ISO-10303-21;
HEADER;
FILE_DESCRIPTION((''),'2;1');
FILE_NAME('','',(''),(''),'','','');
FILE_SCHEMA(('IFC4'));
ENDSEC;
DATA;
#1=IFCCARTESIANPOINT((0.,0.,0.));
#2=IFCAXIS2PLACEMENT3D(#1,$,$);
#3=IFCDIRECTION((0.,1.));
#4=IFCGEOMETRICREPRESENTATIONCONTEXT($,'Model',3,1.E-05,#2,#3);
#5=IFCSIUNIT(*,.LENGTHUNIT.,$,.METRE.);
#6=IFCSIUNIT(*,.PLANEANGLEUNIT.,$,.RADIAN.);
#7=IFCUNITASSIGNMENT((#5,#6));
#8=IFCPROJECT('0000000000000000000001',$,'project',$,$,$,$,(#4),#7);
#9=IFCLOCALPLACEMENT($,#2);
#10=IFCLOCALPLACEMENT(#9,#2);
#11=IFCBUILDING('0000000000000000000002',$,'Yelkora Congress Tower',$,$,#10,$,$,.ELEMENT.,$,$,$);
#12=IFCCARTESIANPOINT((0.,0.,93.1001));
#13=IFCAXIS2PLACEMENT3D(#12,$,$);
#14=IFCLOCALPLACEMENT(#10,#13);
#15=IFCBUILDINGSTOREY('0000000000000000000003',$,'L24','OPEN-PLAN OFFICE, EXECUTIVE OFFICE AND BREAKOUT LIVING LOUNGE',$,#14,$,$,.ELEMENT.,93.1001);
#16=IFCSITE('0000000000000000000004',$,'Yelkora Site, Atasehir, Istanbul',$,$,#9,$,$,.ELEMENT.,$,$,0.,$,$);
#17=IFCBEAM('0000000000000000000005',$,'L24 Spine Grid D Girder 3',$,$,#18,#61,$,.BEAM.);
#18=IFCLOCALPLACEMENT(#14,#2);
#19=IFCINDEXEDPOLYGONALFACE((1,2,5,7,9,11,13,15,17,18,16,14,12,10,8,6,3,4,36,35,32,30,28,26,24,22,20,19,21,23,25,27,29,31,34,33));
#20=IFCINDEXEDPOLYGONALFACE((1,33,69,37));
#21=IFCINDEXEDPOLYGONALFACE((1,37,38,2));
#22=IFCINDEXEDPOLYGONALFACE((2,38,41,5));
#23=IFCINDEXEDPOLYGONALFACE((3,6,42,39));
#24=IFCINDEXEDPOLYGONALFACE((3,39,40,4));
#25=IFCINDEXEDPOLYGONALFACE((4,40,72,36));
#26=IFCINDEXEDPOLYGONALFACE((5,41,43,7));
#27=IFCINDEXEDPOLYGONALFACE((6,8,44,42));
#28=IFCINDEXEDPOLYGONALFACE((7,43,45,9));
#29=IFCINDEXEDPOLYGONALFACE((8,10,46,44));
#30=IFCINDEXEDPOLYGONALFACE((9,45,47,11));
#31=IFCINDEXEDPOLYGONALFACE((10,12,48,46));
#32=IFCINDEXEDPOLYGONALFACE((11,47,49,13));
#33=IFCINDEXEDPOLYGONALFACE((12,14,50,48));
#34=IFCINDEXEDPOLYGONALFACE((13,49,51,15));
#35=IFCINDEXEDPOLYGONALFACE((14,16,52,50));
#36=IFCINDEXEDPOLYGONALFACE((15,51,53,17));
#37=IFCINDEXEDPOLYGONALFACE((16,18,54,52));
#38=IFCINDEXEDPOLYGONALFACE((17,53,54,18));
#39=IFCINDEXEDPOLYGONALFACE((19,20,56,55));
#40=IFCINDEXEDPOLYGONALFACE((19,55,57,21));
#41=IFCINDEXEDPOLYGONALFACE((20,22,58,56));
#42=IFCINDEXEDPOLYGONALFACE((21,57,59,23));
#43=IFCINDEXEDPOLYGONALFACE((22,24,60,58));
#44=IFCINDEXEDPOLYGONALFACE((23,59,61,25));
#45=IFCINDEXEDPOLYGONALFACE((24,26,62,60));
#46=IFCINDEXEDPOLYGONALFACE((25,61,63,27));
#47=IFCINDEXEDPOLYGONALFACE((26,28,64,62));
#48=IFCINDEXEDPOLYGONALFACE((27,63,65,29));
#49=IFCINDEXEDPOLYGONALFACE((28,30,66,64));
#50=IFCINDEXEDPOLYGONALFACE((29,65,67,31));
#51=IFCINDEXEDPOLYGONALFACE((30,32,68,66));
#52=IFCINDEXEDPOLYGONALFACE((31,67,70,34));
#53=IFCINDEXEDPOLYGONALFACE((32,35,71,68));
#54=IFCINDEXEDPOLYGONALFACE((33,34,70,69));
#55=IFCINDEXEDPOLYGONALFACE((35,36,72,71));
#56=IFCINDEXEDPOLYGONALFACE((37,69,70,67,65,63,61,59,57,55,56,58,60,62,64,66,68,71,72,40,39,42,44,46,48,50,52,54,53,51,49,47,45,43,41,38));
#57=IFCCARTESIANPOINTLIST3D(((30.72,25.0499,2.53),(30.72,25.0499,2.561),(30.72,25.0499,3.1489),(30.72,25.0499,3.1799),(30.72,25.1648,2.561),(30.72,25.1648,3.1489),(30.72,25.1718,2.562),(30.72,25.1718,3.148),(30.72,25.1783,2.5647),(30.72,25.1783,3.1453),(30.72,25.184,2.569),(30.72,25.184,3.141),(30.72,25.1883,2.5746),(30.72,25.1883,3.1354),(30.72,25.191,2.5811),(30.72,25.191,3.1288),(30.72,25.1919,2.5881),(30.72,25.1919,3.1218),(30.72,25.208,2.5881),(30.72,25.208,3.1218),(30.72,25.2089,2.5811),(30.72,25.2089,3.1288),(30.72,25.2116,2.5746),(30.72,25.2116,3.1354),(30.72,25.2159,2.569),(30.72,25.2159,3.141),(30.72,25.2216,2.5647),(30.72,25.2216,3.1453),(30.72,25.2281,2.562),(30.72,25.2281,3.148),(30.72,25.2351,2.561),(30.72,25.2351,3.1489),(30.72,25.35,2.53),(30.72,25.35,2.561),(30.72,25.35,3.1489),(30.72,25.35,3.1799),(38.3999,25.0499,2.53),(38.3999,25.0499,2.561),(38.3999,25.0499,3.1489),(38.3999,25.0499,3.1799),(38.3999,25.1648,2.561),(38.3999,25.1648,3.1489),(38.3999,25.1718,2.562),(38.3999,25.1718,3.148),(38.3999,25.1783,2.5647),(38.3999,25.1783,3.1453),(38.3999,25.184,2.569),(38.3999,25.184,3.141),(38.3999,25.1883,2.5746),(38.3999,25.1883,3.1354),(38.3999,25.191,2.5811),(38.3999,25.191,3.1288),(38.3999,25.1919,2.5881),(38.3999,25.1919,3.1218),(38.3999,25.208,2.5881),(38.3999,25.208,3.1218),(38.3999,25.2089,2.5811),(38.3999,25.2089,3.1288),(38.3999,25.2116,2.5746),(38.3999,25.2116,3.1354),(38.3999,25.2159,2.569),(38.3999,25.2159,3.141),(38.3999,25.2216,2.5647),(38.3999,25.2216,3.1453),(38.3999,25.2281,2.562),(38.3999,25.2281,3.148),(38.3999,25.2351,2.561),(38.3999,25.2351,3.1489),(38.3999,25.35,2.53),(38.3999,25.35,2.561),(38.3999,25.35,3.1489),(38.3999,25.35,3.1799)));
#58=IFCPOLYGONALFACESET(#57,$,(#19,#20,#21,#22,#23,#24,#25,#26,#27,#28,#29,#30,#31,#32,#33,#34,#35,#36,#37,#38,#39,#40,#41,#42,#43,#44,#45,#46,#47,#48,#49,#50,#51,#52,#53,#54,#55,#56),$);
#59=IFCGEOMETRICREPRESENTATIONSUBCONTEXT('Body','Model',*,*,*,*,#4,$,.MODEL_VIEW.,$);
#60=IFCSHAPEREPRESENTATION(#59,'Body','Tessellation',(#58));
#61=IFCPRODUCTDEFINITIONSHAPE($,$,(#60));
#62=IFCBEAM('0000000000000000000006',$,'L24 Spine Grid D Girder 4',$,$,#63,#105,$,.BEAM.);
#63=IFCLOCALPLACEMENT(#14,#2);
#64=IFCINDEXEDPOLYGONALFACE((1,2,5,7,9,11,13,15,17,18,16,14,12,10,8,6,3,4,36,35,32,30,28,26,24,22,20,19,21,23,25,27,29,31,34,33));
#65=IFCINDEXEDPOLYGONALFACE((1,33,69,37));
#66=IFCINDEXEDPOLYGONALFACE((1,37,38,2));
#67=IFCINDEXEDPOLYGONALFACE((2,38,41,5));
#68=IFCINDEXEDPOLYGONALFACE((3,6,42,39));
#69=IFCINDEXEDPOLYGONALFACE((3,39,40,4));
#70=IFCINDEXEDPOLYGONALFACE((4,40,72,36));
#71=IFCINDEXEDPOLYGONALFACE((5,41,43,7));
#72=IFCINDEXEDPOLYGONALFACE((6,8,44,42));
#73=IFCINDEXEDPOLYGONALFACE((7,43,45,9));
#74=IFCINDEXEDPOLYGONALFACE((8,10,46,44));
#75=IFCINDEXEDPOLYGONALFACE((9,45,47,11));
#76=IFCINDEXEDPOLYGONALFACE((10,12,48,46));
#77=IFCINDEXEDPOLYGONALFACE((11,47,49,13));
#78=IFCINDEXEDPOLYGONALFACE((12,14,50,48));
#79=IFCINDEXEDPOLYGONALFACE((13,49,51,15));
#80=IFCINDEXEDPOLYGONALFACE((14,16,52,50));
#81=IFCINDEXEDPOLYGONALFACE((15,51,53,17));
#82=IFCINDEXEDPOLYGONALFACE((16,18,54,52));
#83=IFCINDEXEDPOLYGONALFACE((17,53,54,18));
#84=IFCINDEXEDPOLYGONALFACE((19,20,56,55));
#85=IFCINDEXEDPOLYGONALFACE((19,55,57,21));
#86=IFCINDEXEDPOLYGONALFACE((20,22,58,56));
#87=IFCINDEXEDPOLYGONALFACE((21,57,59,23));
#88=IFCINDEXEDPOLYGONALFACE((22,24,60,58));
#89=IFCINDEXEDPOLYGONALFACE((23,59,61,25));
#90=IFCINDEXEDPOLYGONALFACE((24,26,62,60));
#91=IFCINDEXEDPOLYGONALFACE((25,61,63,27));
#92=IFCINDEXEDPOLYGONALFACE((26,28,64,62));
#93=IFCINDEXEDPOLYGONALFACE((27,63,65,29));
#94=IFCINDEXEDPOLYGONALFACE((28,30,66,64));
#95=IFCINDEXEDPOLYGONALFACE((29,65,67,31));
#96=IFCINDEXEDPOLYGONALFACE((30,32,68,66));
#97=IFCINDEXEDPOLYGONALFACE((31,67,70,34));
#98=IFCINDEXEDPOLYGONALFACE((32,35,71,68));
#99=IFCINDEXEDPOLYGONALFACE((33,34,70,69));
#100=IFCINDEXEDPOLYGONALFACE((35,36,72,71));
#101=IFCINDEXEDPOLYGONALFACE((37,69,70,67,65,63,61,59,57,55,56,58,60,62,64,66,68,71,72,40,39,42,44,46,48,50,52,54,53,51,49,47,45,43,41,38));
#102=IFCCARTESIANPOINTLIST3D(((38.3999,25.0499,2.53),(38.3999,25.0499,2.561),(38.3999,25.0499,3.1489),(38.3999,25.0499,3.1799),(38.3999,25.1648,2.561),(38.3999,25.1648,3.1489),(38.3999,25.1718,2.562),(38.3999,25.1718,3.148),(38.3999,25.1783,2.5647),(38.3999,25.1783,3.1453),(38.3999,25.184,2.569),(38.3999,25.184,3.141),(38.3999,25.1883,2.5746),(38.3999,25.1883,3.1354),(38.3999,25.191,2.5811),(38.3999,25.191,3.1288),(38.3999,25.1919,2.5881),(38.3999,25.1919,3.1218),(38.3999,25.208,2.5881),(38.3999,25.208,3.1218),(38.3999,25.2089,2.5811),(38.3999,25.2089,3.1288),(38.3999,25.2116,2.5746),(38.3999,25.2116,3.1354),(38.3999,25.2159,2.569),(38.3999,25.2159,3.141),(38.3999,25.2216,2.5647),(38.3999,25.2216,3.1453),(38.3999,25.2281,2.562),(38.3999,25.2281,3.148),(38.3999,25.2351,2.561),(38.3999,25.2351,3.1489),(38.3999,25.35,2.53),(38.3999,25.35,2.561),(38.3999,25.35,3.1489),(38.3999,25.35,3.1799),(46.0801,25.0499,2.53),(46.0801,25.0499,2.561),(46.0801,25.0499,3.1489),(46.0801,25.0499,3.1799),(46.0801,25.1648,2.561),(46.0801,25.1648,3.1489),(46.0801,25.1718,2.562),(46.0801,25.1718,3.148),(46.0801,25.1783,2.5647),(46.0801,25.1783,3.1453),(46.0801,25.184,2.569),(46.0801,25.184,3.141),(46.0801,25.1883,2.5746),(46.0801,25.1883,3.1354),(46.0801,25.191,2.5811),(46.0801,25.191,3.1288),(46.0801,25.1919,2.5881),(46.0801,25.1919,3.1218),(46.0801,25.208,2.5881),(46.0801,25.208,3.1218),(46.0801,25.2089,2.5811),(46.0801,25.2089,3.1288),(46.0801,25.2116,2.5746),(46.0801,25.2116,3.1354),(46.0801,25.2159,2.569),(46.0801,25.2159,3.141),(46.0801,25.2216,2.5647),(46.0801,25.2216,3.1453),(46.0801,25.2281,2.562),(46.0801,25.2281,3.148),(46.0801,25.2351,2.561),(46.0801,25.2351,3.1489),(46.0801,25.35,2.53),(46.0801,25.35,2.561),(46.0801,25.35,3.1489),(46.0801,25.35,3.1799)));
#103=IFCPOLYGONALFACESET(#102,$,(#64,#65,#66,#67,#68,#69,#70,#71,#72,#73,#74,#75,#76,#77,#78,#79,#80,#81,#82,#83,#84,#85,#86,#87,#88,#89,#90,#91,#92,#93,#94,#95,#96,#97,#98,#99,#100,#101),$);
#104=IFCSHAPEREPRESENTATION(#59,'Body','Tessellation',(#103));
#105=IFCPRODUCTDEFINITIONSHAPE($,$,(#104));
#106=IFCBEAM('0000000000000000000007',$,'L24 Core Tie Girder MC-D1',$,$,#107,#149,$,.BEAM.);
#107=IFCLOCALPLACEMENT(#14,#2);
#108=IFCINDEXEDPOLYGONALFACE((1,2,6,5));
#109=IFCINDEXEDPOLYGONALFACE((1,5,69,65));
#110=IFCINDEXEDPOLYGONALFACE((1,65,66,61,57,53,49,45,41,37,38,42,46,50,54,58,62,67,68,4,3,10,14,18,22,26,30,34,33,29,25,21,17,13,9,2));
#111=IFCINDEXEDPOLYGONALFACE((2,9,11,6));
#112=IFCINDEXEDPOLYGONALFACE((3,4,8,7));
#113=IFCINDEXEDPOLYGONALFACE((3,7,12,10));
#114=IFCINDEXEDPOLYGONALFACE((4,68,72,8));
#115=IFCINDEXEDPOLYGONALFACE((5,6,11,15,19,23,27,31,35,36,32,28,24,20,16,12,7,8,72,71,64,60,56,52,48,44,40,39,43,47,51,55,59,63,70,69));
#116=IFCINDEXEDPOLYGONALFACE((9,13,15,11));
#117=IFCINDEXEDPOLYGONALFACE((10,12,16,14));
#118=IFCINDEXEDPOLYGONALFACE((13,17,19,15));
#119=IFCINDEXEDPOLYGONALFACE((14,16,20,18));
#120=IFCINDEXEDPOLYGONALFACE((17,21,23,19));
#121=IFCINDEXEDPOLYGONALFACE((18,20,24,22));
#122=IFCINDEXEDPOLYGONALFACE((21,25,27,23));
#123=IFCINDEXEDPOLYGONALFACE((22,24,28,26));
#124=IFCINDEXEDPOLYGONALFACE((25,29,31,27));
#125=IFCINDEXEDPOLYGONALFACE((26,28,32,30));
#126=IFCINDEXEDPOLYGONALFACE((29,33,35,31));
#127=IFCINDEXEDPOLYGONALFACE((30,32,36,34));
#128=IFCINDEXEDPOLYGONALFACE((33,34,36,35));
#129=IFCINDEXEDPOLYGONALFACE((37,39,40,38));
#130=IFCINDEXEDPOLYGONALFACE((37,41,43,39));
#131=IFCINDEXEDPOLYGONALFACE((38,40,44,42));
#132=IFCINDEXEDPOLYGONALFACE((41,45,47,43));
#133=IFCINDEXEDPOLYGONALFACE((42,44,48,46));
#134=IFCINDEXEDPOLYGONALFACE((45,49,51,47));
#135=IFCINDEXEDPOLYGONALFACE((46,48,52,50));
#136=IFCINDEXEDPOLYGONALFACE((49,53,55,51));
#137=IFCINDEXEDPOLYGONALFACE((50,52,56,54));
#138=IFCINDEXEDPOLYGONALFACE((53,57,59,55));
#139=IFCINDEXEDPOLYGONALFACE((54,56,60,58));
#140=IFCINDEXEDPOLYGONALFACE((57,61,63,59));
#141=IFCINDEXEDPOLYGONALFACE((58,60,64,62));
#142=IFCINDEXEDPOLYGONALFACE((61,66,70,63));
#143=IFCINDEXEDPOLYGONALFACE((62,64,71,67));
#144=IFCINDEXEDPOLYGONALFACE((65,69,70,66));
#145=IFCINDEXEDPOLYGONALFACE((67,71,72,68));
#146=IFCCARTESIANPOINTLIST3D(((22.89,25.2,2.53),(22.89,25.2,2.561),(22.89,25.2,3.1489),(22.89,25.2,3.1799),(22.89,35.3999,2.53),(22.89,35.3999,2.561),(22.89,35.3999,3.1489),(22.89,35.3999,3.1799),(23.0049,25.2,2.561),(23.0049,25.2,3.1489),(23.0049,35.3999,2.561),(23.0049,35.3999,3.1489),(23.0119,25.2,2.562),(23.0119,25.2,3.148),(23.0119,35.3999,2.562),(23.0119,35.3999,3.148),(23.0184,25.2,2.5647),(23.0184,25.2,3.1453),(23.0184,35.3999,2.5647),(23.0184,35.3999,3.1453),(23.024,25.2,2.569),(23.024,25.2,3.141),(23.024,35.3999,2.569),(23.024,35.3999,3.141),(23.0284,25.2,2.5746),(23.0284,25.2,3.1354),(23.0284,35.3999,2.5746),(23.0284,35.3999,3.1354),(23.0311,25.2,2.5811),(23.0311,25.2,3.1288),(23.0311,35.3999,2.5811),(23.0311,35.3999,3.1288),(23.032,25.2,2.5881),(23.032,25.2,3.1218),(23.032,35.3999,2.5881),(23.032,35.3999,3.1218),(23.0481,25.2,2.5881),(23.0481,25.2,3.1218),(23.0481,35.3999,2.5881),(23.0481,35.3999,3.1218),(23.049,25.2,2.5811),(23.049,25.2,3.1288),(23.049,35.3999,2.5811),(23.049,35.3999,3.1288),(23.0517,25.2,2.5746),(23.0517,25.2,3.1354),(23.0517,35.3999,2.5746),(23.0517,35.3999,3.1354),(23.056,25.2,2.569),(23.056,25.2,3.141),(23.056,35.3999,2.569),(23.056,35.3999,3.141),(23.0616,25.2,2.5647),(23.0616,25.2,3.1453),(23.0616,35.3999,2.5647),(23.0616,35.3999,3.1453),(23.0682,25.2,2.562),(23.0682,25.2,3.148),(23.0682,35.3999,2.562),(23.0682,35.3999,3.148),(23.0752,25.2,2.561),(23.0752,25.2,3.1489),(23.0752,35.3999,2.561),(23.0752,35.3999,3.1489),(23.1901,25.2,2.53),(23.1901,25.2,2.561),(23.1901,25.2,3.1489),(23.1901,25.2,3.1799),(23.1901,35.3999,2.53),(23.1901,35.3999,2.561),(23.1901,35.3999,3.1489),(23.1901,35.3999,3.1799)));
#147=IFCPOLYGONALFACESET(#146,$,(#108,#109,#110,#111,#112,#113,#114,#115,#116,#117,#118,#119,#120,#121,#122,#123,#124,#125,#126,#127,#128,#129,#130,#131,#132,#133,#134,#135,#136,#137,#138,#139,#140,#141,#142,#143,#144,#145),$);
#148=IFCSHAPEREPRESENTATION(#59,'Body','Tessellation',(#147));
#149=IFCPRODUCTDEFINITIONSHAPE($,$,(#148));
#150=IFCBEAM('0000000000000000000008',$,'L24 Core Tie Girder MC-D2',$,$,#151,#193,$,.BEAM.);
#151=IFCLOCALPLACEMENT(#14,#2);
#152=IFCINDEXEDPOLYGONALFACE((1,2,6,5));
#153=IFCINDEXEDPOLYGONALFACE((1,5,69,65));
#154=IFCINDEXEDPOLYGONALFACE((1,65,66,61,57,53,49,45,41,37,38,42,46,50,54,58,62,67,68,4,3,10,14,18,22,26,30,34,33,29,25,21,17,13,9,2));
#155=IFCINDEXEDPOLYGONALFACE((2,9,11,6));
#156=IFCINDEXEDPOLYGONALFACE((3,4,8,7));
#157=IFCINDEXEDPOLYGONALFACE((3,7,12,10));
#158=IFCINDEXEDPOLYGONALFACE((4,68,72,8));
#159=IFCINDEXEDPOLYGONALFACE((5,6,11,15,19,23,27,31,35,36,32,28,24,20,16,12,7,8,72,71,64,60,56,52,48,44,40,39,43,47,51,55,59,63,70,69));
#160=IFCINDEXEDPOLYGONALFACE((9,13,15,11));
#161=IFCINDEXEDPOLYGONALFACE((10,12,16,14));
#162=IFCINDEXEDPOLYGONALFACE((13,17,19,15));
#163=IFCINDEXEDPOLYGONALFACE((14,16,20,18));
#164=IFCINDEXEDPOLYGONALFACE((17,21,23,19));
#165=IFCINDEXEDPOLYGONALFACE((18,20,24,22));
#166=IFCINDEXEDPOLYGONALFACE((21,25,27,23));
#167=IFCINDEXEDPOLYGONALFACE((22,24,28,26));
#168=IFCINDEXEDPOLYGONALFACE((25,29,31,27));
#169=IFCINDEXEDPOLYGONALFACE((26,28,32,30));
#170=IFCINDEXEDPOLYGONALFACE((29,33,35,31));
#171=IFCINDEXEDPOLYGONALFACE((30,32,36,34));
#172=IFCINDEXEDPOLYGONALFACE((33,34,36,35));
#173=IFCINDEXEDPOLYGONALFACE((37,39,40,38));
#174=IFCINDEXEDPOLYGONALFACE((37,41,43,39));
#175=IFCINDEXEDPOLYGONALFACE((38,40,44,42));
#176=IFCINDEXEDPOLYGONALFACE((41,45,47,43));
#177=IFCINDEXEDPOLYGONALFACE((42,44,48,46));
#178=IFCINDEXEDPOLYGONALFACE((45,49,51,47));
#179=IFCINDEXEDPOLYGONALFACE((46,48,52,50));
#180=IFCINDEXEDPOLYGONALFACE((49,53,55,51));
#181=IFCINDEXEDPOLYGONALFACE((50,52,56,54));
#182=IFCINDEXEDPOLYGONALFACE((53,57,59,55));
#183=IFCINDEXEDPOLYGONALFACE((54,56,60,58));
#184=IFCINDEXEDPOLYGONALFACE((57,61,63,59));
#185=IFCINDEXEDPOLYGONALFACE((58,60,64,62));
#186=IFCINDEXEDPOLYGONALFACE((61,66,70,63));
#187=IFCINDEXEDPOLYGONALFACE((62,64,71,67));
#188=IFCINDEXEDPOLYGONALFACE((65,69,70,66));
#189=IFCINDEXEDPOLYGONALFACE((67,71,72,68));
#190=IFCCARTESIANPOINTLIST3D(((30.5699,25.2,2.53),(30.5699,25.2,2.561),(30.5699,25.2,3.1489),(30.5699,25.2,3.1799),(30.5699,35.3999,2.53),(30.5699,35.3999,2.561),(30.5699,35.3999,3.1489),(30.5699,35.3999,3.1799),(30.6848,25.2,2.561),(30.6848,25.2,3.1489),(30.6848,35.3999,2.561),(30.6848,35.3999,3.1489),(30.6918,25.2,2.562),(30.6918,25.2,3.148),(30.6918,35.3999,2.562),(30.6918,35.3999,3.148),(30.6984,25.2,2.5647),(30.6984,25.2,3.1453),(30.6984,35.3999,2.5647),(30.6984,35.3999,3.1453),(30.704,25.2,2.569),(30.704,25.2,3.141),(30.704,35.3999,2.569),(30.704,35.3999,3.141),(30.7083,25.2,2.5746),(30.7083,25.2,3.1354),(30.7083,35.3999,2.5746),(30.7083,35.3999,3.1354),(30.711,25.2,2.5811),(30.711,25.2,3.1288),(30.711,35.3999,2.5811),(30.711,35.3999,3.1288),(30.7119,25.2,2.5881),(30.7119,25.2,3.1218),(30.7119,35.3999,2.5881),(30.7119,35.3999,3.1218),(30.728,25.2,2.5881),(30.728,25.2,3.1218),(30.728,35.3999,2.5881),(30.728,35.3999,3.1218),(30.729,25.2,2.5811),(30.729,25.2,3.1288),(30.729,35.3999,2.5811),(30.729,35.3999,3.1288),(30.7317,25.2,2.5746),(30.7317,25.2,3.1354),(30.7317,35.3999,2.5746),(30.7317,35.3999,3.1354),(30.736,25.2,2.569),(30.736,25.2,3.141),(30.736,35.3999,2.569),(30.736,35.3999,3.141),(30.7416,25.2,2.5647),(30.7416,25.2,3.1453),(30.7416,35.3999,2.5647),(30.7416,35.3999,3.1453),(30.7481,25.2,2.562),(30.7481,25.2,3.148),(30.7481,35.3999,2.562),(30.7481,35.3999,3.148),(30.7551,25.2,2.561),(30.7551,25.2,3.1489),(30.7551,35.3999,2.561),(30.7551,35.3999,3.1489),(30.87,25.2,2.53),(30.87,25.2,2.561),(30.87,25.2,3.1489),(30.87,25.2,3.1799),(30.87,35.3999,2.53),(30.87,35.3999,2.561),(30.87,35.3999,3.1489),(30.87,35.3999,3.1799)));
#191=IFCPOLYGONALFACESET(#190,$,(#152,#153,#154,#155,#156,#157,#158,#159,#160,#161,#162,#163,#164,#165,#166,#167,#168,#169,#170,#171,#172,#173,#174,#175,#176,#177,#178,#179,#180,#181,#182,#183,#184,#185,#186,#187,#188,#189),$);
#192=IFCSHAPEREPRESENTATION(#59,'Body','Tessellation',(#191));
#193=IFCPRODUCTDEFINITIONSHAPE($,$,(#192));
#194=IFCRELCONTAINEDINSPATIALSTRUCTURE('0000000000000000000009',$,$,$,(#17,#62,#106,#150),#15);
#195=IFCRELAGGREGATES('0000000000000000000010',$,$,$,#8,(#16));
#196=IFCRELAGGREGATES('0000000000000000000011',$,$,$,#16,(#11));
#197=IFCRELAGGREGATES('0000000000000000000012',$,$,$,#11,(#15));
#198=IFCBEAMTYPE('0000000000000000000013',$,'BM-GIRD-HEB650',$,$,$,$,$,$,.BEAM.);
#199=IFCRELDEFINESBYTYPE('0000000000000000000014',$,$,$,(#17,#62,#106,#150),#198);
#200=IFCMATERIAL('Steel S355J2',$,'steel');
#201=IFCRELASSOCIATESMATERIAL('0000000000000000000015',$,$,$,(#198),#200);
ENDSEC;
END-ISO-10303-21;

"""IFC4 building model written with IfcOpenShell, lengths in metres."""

from ifc_helpers import new_model, si_unit, direction, frame, origin, origin_2d, place, context, subcontext, project, spatial, i_section, extrude, material, material_profile, profile_set, type_object, element, save


model = new_model("IFC4")

# Units and contexts
model_context = context("Model", 3, precision=1e-05, world=origin(), true_north=direction((0.0, 1.0)))
body_context = subcontext(model_context, "Body", "Model", "MODEL_VIEW")
ifc_project = project(units=[si_unit("LENGTHUNIT", "METRE"), si_unit("PLANEANGLEUNIT", "RADIAN")], contexts=[model_context])

# Site, building, storey
site_placement = place(None, origin())
site = spatial("IfcSite", under=ifc_project, at=site_placement, Name="Yelkora Site, Atasehir, Istanbul", CompositionType="ELEMENT", RefElevation=0.0)
building_placement = place(site_placement, origin())
building = spatial("IfcBuilding", under=site, at=building_placement, Name="Yelkora Congress Tower", CompositionType="ELEMENT")
storey_placement = place(building_placement, frame((0.0, 0.0, 93.1001)))
storey = spatial("IfcBuildingStorey", under=building, at=storey_placement, Name="L24", Description="OPEN-PLAN OFFICE, EXECUTIVE OFFICE AND BREAKOUT LIVING LOUNGE", CompositionType="ELEMENT", Elevation=93.1001)

# Beams
ifc_material_1 = material(Name="Steel S355J2", Category="steel")
ifc_material_profile_1 = material_profile(ifc_material_1, i_section(OverallWidth=0.3, OverallDepth=0.6499, WebThickness=0.0161, FlangeThickness=0.031, FilletRadius=0.0271, at=origin_2d()), Name="HEB 650")
ifc_profile_set_1 = profile_set([ifc_material_profile_1], Name="Steel S355J2")
beam_type_1 = type_object("IfcBeamType", Name="BM-GIRD-HEB650", PredefinedType="BEAM", material=ifc_profile_set_1)
for number, where, z_axis, x_axis, name in (
    (1, (30.72, 25.2, 2.855), (1.0, 0.0, 0.0), (0.0, 1.0, 0.0), "L24 Spine Grid D Girder 3"),
):
    element("IfcBeam", number, at=place(storey_placement, frame(where, z_axis=z_axis, x_axis=x_axis)), inside=storey, type_object=beam_type_1, Name=name, PredefinedType="BEAM", context=body_context, shape_type="SweptSolid", body=[
        extrude(i_section(OverallWidth=0.3, OverallDepth=0.6499, WebThickness=0.0161, FlangeThickness=0.031, FilletRadius=0.0271, at=origin_2d()), origin(), (0.0, 0.0, 1.0), 7.6799),
    ])
beam_1_placement = place(storey_placement, frame((38.3999, 25.2, 2.855), z_axis=(1.0, 0.0, 0.0), x_axis=(0.0, 1.0, 0.0)))
element("IfcBeam", 2, at=beam_1_placement, inside=storey, type_object=beam_type_1, Name="L24 Spine Grid D Girder 4", PredefinedType="BEAM", context=body_context, shape_type="SweptSolid", body=[
    extrude(i_section(OverallWidth=0.3, OverallDepth=0.6499, WebThickness=0.0161, FlangeThickness=0.031, FilletRadius=0.0271, at=origin_2d()), origin(), (0.0, 0.0, 1.0), 7.6802),
])
for number, where, z_axis, x_axis, name in (
    (3, (23.04, 25.2, 2.855), (0.0, 1.0, 0.0), (-1.0, 0.0, 0.0), "L24 Core Tie Girder MC-D1"),
    (4, (30.72, 25.2, 2.855), (0.0, 1.0, 0.0), (-1.0, 0.0, 0.0), "L24 Core Tie Girder MC-D2"),
):
    element("IfcBeam", number, at=place(storey_placement, frame(where, z_axis=z_axis, x_axis=x_axis)), inside=storey, type_object=beam_type_1, Name=name, PredefinedType="BEAM", context=body_context, shape_type="SweptSolid", body=[
        extrude(i_section(OverallWidth=0.3, OverallDepth=0.6499, WebThickness=0.0161, FlangeThickness=0.031, FilletRadius=0.0271, at=origin_2d()), origin(), (0.0, 0.0, 1.0), 10.2),
    ])

save(model, "model.ifc")
